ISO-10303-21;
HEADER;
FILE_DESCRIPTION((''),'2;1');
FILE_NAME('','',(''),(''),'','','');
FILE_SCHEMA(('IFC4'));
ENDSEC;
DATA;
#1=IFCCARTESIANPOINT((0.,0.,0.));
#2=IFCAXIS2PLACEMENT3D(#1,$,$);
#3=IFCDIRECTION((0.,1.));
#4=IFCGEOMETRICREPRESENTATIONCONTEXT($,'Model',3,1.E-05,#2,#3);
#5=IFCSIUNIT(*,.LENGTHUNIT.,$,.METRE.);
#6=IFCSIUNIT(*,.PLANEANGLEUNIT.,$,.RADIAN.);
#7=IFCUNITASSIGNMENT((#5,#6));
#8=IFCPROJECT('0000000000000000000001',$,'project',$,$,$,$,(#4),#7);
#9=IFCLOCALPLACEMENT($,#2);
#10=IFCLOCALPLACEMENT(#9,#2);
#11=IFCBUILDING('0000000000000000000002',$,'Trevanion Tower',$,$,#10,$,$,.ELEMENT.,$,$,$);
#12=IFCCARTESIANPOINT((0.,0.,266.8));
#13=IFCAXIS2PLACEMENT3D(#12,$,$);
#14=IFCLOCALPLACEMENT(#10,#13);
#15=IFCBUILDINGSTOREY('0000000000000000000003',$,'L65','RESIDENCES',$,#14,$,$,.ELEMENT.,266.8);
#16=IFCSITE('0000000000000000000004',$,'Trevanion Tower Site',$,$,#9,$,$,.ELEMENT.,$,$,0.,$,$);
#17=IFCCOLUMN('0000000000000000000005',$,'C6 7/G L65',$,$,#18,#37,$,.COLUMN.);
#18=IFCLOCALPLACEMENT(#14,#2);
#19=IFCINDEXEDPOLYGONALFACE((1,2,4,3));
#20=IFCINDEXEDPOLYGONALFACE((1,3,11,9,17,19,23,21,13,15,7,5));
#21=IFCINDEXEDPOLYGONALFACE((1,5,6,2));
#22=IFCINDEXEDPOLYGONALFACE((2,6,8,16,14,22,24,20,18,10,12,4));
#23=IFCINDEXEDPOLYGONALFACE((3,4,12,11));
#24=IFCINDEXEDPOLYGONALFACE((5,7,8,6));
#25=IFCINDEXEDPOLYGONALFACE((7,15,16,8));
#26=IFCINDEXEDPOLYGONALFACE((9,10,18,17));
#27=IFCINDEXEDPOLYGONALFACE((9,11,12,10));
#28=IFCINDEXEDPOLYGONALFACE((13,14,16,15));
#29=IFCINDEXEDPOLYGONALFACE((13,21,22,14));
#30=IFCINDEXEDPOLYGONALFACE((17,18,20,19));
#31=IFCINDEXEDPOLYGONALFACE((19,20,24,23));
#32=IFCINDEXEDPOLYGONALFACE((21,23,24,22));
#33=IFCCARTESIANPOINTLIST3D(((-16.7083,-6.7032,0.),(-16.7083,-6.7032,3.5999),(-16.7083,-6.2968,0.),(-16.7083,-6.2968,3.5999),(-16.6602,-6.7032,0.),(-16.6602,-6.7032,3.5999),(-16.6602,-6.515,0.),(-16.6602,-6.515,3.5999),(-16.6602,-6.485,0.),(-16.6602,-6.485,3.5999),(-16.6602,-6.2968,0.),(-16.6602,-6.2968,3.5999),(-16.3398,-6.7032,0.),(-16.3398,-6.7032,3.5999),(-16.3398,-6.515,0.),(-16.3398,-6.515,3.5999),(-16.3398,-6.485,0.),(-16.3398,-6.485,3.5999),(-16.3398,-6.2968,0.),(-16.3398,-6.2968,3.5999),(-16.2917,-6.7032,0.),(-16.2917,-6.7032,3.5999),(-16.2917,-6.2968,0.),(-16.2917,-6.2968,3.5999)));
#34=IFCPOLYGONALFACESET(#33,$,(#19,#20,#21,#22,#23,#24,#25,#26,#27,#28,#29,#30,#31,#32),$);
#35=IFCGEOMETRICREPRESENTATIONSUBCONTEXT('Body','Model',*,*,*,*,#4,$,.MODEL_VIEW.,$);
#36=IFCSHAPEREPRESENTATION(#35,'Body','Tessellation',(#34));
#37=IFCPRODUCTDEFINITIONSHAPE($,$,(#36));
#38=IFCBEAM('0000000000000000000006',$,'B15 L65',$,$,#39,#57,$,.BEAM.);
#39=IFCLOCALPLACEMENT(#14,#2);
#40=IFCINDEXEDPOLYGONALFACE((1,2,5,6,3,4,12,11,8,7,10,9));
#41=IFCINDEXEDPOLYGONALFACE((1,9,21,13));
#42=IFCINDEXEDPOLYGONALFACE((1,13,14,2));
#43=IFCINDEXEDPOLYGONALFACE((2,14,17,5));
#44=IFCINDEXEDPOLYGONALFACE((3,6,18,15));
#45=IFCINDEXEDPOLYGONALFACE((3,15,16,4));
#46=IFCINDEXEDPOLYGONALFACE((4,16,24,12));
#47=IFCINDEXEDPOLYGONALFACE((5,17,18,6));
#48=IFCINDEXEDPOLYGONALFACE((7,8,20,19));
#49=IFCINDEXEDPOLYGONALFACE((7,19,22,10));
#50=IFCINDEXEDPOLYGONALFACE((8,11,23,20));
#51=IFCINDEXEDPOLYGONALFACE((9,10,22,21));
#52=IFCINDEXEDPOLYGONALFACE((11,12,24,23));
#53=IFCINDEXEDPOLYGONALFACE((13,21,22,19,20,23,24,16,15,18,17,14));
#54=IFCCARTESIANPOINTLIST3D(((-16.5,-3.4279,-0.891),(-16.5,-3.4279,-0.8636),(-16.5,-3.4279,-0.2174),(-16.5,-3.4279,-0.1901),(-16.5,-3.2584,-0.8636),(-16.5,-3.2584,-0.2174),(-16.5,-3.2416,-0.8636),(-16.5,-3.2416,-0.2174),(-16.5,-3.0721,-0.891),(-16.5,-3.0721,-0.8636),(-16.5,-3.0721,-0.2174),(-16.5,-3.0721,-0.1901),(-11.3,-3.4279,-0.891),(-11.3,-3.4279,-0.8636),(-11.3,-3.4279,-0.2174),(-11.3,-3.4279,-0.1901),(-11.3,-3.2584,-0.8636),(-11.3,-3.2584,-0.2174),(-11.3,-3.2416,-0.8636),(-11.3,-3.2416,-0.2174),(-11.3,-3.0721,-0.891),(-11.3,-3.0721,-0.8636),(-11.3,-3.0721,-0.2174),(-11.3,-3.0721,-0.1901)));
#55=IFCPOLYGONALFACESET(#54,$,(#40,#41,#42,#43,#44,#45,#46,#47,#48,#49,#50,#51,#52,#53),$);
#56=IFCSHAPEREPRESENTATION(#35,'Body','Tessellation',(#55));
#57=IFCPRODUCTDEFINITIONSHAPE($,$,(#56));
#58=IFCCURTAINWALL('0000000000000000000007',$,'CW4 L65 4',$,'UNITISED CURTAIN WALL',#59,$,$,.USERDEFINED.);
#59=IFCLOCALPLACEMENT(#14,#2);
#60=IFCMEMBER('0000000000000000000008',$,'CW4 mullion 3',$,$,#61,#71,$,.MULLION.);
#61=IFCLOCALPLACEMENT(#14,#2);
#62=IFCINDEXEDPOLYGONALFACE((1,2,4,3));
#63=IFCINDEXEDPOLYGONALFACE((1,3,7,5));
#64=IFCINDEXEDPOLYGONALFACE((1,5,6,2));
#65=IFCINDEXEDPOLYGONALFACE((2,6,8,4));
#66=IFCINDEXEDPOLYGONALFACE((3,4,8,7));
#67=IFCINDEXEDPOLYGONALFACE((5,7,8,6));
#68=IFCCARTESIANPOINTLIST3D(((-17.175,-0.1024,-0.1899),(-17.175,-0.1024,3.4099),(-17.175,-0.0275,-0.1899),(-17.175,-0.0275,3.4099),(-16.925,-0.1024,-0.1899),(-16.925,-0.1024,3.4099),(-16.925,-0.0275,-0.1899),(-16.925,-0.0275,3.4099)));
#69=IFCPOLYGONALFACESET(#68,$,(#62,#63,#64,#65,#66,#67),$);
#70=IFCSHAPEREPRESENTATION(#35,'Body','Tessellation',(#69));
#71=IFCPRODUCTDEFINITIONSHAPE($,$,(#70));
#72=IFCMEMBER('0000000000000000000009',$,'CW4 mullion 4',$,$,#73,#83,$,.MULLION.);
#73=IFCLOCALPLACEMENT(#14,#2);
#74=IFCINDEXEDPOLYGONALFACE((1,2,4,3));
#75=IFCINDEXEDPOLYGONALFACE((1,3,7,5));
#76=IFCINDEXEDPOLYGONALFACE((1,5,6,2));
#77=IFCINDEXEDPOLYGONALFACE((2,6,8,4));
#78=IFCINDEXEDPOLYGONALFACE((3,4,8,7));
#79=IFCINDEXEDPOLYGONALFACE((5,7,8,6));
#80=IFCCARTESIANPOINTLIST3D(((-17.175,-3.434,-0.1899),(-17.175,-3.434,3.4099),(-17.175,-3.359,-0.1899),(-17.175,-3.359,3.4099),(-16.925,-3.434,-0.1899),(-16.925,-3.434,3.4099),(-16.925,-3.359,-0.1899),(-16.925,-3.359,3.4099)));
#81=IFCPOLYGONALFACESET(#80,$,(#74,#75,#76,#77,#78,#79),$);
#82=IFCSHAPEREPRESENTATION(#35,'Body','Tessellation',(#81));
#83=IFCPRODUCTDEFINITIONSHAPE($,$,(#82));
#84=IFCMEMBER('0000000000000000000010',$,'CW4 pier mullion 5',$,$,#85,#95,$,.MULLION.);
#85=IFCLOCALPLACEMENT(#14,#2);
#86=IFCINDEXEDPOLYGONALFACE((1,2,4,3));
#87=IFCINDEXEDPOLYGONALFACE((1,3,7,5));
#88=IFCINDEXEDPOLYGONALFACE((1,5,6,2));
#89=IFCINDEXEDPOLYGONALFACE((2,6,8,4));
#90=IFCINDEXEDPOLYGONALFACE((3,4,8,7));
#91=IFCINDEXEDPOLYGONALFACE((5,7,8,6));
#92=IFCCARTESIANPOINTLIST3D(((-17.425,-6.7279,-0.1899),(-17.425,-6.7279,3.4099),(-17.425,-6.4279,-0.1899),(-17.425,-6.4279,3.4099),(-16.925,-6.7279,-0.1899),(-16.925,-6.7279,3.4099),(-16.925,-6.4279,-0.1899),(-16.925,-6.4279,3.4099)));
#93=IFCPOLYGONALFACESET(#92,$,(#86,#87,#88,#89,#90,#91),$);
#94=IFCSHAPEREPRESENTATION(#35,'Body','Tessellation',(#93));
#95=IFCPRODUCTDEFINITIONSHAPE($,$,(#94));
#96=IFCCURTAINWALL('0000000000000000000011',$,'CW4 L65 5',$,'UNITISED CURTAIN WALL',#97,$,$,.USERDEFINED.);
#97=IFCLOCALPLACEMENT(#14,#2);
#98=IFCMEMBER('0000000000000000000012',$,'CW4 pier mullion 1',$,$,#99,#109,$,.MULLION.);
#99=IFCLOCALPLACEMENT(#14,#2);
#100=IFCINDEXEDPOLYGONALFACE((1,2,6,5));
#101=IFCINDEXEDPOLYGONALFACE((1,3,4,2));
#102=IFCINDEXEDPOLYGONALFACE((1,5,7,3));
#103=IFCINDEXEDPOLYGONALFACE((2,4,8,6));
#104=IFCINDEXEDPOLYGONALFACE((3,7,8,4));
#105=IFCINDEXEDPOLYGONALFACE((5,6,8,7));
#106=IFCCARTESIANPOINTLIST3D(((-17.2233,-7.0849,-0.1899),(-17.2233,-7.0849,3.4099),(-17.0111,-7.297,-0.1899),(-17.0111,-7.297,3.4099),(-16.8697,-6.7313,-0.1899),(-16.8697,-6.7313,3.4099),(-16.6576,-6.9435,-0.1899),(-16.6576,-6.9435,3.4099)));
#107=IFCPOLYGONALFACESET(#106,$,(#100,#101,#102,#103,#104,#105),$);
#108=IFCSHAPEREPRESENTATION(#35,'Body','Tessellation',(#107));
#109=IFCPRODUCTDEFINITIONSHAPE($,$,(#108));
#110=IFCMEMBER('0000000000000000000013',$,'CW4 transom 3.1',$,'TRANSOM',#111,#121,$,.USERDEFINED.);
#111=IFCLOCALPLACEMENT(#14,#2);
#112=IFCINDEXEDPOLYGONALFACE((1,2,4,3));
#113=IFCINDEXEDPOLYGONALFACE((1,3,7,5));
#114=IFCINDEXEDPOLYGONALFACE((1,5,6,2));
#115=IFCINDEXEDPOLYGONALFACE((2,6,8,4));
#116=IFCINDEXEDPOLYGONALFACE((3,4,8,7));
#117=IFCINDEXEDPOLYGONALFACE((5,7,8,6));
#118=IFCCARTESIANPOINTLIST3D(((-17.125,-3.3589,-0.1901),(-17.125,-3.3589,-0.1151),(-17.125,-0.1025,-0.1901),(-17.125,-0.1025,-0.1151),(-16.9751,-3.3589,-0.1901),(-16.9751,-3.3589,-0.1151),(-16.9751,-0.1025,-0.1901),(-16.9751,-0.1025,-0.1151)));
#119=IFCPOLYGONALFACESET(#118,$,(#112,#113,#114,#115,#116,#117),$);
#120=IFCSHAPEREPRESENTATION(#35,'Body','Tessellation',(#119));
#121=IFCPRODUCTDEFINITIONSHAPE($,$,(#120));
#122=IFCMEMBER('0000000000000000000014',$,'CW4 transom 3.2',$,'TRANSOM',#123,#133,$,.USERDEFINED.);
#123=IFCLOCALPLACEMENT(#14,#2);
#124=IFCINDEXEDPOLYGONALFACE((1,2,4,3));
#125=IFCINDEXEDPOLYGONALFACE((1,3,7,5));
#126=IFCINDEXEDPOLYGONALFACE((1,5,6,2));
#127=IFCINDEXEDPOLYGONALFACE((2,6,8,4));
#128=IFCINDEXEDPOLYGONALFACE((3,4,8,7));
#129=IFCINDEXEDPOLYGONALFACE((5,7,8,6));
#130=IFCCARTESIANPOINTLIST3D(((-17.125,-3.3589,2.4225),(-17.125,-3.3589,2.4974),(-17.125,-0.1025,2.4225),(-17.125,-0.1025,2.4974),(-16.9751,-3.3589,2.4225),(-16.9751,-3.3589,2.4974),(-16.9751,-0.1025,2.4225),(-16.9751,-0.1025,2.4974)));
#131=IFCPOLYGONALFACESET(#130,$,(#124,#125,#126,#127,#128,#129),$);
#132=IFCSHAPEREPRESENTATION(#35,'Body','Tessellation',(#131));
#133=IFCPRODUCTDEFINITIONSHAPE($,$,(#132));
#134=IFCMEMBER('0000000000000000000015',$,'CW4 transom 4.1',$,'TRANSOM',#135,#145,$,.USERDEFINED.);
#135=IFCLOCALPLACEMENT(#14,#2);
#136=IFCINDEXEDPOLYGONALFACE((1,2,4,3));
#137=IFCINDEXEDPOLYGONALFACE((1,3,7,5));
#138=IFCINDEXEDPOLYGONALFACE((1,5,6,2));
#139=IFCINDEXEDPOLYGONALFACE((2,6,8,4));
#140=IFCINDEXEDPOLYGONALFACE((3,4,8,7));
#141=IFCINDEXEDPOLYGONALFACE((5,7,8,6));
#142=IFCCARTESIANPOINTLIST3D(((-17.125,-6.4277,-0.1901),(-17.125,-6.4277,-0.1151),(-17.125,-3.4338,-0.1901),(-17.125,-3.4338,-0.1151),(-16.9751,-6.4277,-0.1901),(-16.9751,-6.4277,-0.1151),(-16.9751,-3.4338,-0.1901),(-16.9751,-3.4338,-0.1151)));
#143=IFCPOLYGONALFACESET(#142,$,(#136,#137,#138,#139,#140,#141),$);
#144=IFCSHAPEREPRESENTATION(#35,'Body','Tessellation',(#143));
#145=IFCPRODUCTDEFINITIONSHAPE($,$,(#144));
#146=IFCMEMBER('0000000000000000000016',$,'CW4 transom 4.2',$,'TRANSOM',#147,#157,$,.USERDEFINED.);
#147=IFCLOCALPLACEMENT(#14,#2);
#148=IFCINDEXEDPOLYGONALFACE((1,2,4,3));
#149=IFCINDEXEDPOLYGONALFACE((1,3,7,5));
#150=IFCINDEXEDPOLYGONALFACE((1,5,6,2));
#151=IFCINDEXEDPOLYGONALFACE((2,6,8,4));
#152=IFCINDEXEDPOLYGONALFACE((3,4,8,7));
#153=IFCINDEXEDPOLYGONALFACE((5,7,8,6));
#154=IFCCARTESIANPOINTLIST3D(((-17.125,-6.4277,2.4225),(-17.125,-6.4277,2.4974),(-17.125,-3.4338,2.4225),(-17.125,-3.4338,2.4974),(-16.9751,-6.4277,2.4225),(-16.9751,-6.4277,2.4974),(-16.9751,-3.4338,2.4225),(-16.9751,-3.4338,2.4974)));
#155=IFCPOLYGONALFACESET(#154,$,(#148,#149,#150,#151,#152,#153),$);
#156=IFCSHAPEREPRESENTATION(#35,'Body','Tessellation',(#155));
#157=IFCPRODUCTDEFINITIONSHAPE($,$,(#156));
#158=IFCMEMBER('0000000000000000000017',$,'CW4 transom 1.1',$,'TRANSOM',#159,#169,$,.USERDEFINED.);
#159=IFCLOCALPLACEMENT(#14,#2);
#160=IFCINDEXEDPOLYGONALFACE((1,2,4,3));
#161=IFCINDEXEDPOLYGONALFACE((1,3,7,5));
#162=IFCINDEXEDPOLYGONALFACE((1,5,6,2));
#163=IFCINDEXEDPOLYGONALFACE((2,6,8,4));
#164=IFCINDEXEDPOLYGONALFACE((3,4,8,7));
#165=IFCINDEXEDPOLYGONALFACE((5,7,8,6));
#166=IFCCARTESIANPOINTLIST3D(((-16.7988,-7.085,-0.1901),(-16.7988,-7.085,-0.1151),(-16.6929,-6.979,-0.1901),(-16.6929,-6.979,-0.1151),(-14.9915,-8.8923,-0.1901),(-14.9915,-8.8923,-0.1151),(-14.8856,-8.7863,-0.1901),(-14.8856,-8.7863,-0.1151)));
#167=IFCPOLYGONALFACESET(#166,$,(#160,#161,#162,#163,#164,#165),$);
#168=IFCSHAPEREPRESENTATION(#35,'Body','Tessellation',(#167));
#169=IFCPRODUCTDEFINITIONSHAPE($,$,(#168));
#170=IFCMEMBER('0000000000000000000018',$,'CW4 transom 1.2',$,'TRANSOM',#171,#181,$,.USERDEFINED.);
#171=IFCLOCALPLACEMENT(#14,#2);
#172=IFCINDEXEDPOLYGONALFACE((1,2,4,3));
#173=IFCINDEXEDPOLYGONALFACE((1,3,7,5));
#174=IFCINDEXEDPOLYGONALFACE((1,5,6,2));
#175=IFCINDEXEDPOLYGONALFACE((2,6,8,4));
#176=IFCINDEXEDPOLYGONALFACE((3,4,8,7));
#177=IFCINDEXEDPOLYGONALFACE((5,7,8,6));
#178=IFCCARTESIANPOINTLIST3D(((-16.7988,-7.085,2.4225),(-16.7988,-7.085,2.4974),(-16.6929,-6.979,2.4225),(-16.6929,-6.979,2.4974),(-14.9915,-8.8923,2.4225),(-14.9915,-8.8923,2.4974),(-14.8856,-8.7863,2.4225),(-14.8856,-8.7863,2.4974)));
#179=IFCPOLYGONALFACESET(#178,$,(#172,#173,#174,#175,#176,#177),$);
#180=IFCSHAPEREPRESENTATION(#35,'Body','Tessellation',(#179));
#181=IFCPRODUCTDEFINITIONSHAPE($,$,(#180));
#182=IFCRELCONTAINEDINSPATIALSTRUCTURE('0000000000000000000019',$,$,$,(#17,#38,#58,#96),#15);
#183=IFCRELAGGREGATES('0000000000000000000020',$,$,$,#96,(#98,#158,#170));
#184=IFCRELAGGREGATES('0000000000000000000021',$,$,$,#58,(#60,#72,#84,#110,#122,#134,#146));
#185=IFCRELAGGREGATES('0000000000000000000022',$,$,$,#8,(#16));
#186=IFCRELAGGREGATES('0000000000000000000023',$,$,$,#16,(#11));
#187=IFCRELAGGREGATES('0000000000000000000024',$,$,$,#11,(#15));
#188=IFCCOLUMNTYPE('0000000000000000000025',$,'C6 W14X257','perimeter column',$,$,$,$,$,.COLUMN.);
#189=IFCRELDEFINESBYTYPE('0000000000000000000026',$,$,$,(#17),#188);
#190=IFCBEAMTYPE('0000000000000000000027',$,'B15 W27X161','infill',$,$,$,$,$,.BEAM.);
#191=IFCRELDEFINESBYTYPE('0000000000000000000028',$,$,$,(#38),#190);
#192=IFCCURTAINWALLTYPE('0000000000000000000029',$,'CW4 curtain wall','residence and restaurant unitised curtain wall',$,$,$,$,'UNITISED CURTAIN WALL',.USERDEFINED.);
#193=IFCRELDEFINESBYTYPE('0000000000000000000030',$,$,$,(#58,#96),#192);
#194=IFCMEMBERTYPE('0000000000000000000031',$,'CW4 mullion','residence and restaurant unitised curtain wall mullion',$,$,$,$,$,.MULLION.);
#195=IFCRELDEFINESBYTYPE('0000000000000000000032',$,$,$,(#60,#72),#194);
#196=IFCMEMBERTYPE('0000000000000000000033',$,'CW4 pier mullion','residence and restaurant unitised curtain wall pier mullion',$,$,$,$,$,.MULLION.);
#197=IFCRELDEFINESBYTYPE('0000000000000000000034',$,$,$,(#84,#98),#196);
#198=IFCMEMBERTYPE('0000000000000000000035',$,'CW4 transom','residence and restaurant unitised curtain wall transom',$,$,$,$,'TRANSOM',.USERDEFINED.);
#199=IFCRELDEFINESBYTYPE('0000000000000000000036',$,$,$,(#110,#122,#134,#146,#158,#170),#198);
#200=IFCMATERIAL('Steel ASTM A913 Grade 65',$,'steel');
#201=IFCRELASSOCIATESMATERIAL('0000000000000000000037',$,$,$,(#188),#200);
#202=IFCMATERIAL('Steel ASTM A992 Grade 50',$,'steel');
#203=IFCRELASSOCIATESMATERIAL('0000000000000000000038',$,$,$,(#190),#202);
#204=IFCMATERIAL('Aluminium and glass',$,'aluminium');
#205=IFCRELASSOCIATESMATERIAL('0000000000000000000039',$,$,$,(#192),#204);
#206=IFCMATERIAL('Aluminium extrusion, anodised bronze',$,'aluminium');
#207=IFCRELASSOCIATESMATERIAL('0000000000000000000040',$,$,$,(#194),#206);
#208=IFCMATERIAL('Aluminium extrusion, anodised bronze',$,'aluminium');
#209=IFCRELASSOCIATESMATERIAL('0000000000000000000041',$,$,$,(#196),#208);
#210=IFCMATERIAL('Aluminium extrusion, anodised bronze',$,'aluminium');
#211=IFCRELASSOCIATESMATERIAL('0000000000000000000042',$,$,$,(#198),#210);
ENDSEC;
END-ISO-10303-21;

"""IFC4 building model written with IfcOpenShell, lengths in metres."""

from ifc_helpers import new_model, si_unit, direction, frame, origin, origin_2d, place, context, subcontext, project, spatial, rectangle, i_section, extrude, material, material_profile, profile_set, type_object, element, aggregate, save


model = new_model("IFC4")

# Units and contexts
model_context = context("Model", 3, precision=1e-05, world=origin(), true_north=direction((0.0, 1.0)))
body_context = subcontext(model_context, "Body", "Model", "MODEL_VIEW")
ifc_project = project(units=[si_unit("LENGTHUNIT", "METRE"), si_unit("PLANEANGLEUNIT", "RADIAN")], contexts=[model_context])

# Site, building, storey
site_placement = place(None, origin())
site = spatial("IfcSite", under=ifc_project, at=site_placement, Name="Trevanion Tower Site", CompositionType="ELEMENT", RefElevation=0.0)
building_placement = place(site_placement, origin())
building = spatial("IfcBuilding", under=site, at=building_placement, Name="Trevanion Tower", CompositionType="ELEMENT")
storey_placement = place(building_placement, frame((0.0, 0.0, 266.8)))
storey = spatial("IfcBuildingStorey", under=building, at=storey_placement, Name="L65", Description="RESIDENCES", CompositionType="ELEMENT", Elevation=266.8)

# Column
ifc_material_1 = material(Name="Steel ASTM A913 Grade 65", Category="steel")
ifc_material_profile_1 = material_profile(ifc_material_1, i_section(OverallWidth=0.4065, OverallDepth=0.4165, WebThickness=0.03, FlangeThickness=0.0481, at=origin_2d()), Name="W14X257")
ifc_profile_set_1 = profile_set([ifc_material_profile_1], Name="Steel ASTM A913 Grade 65")
column_type = type_object("IfcColumnType", Name="C6 W14X257", Description="perimeter column", PredefinedType="COLUMN", material=ifc_profile_set_1)
column_placement = place(storey_placement, frame((-16.5, -6.5, 0.0), z_axis=(0.0, 0.0, 1.0), x_axis=(0.0, 1.0, 0.0)))
element("IfcColumn", 1, at=column_placement, inside=storey, type_object=column_type, Name="C6 7/G L65", PredefinedType="COLUMN", context=body_context, shape_type="SweptSolid", body=[
    extrude(i_section(OverallWidth=0.4065, OverallDepth=0.4165, WebThickness=0.03, FlangeThickness=0.0481, at=origin_2d()), origin(), (0.0, 0.0, 1.0), 3.5999),
])

# Beam
ifc_material_2 = material(Name="Steel ASTM A992 Grade 50", Category="steel")
ifc_material_profile_2 = material_profile(ifc_material_2, i_section(OverallWidth=0.3557, OverallDepth=0.7009, WebThickness=0.0168, FlangeThickness=0.0273, at=origin_2d()), Name="W27X161")
ifc_profile_set_2 = profile_set([ifc_material_profile_2], Name="Steel ASTM A992 Grade 50")
beam_type_1 = type_object("IfcBeamType", Name="B15 W27X161", Description="infill", PredefinedType="BEAM", material=ifc_profile_set_2)
beam_1_placement = place(storey_placement, frame((-11.3, -3.25, -0.5405), z_axis=(-1.0, 0.0, 0.0), x_axis=(0.0, -1.0, 0.0)))
element("IfcBeam", 2, at=beam_1_placement, inside=storey, type_object=beam_type_1, Name="B15 L65", PredefinedType="BEAM", context=body_context, shape_type="SweptSolid", body=[
    extrude(i_section(OverallWidth=0.3557, OverallDepth=0.7009, WebThickness=0.0168, FlangeThickness=0.0273, at=origin_2d()), origin(), (0.0, 0.0, 1.0), 5.2),
])

# Curtain wall, members
ifc_material_3 = material(Name="Aluminium and glass", Category="aluminium")
curtain_wall_type = type_object("IfcCurtainWallType", Name="CW4 curtain wall", Description="residence and restaurant unitised curtain wall", ElementType="UNITISED CURTAIN WALL", PredefinedType="USERDEFINED", material=ifc_material_3)
curtain_wall_1_placement = place(storey_placement, origin())
curtain_wall_1 = element("IfcCurtainWall", 3, at=curtain_wall_1_placement, inside=storey, type_object=curtain_wall_type, Name="CW4 L65 4", ObjectType="UNITISED CURTAIN WALL", PredefinedType="USERDEFINED")
ifc_material_4 = material(Name="Aluminium extrusion, anodised bronze", Category="aluminium")
ifc_material_profile_3 = material_profile(ifc_material_4, rectangle(XDim=0.075, YDim=0.25, at=origin_2d()), Name="CW4 mullion")
ifc_profile_set_3 = profile_set([ifc_material_profile_3], Name="Aluminium extrusion, anodised bronze")
member_type_1 = type_object("IfcMemberType", Name="CW4 mullion", Description="residence and restaurant unitised curtain wall mullion", PredefinedType="MULLION", material=ifc_profile_set_3)
member_1_placement = place(storey_placement, frame((-17.05, -0.0649, -0.1899), z_axis=(0.0, 0.0, 1.0), x_axis=(0.0, -1.0, 0.0)))
member_1 = element("IfcMember", 4, at=member_1_placement, type_object=member_type_1, Name="CW4 mullion 3", PredefinedType="MULLION", context=body_context, shape_type="SweptSolid", body=[
    extrude(rectangle(XDim=0.075, YDim=0.25, at=origin_2d()), origin(), (0.0, 0.0, 1.0), 3.5999),
])
member_2_placement = place(storey_placement, frame((-17.05, -3.3965, -0.1899), z_axis=(0.0, 0.0, 1.0), x_axis=(0.0, -1.0, 0.0)))
member_2 = element("IfcMember", 5, at=member_2_placement, type_object=member_type_1, Name="CW4 mullion 4", PredefinedType="MULLION", context=body_context, shape_type="SweptSolid", body=[
    extrude(rectangle(XDim=0.075, YDim=0.25, at=origin_2d()), origin(), (0.0, 0.0, 1.0), 3.5999),
])
ifc_material_5 = material(Name="Aluminium extrusion, anodised bronze", Category="aluminium")
ifc_material_profile_4 = material_profile(ifc_material_5, rectangle(XDim=0.3, YDim=0.5, at=origin_2d()), Name="CW4 pier mullion")
ifc_profile_set_4 = profile_set([ifc_material_profile_4], Name="Aluminium extrusion, anodised bronze")
member_type_2 = type_object("IfcMemberType", Name="CW4 pier mullion", Description="residence and restaurant unitised curtain wall pier mullion", PredefinedType="MULLION", material=ifc_profile_set_4)
member_3_placement = place(storey_placement, frame((-17.175, -6.5779, -0.1899), z_axis=(0.0, 0.0, 1.0), x_axis=(0.0, -1.0, 0.0)))
member_3 = element("IfcMember", 6, at=member_3_placement, type_object=member_type_2, Name="CW4 pier mullion 5", PredefinedType="MULLION", context=body_context, shape_type="SweptSolid", body=[
    extrude(rectangle(XDim=0.3, YDim=0.5, at=origin_2d()), origin(), (0.0, 0.0, 1.0), 3.5999),
])

# Curtain wall, member
curtain_wall_2_placement = place(storey_placement, origin())
curtain_wall_2 = element("IfcCurtainWall", 7, at=curtain_wall_2_placement, inside=storey, type_object=curtain_wall_type, Name="CW4 L65 5", ObjectType="UNITISED CURTAIN WALL", PredefinedType="USERDEFINED")
member_4_placement = place(storey_placement, frame((-16.9404, -7.0142, -0.1899), z_axis=(0.0, 0.0, 1.0), x_axis=(0.707107, -0.707107, 0.0)))
member_4 = element("IfcMember", 8, at=member_4_placement, type_object=member_type_2, Name="CW4 pier mullion 1", PredefinedType="MULLION", context=body_context, shape_type="SweptSolid", body=[
    extrude(rectangle(XDim=0.3, YDim=0.5, at=origin_2d()), origin(), (0.0, 0.0, 1.0), 3.5999),
])

# Members
ifc_material_6 = material(Name="Aluminium extrusion, anodised bronze", Category="aluminium")
ifc_material_profile_5 = material_profile(ifc_material_6, rectangle(XDim=0.1499, YDim=0.075, at=origin_2d()), Name="CW4 transom")
ifc_profile_set_5 = profile_set([ifc_material_profile_5], Name="Aluminium extrusion, anodised bronze")
member_type_3 = type_object("IfcMemberType", Name="CW4 transom", Description="residence and restaurant unitised curtain wall transom", ElementType="TRANSOM", PredefinedType="USERDEFINED", material=ifc_profile_set_5)
member_5_placement = place(storey_placement, frame((-17.05, -0.1025, -0.1526), z_axis=(0.0, -1.0, 0.0), x_axis=(1.0, 0.0, 0.0)))
member_5 = element("IfcMember", 9, at=member_5_placement, type_object=member_type_3, Name="CW4 transom 3.1", ObjectType="TRANSOM", PredefinedType="USERDEFINED", context=body_context, shape_type="SweptSolid", body=[
    extrude(rectangle(XDim=0.1499, YDim=0.075, at=origin_2d()), origin(), (0.0, 0.0, 1.0), 3.2563),
])
member_6_placement = place(storey_placement, frame((-17.05, -0.1025, 2.46), z_axis=(0.0, -1.0, 0.0), x_axis=(1.0, 0.0, 0.0)))
member_6 = element("IfcMember", 10, at=member_6_placement, type_object=member_type_3, Name="CW4 transom 3.2", ObjectType="TRANSOM", PredefinedType="USERDEFINED", context=body_context, shape_type="SweptSolid", body=[
    extrude(rectangle(XDim=0.1499, YDim=0.075, at=origin_2d()), origin(), (0.0, 0.0, 1.0), 3.2563),
])
member_7_placement = place(storey_placement, frame((-17.05, -3.4338, -0.1526), z_axis=(0.0, -1.0, 0.0), x_axis=(1.0, 0.0, 0.0)))
member_7 = element("IfcMember", 11, at=member_7_placement, type_object=member_type_3, Name="CW4 transom 4.1", ObjectType="TRANSOM", PredefinedType="USERDEFINED", context=body_context, shape_type="SweptSolid", body=[
    extrude(rectangle(XDim=0.1499, YDim=0.075, at=origin_2d()), origin(), (0.0, 0.0, 1.0), 2.9939),
])
member_8_placement = place(storey_placement, frame((-17.05, -3.4338, 2.46), z_axis=(0.0, -1.0, 0.0), x_axis=(1.0, 0.0, 0.0)))
member_8 = element("IfcMember", 12, at=member_8_placement, type_object=member_type_3, Name="CW4 transom 4.2", ObjectType="TRANSOM", PredefinedType="USERDEFINED", context=body_context, shape_type="SweptSolid", body=[
    extrude(rectangle(XDim=0.1499, YDim=0.075, at=origin_2d()), origin(), (0.0, 0.0, 1.0), 2.9939),
])
member_9_placement = place(storey_placement, frame((-16.7458, -7.032, -0.1526), z_axis=(0.707107, -0.707107, 0.0), x_axis=(0.707107, 0.707107, 0.0)))
member_9 = element("IfcMember", 13, at=member_9_placement, type_object=member_type_3, Name="CW4 transom 1.1", ObjectType="TRANSOM", PredefinedType="USERDEFINED", context=body_context, shape_type="SweptSolid", body=[
    extrude(rectangle(XDim=0.1499, YDim=0.075, at=origin_2d()), origin(), (0.0, 0.0, 1.0), 2.5559),
])
member_10_placement = place(storey_placement, frame((-16.7458, -7.032, 2.46), z_axis=(0.707107, -0.707107, 0.0), x_axis=(0.707107, 0.707107, 0.0)))
member_10 = element("IfcMember", 14, at=member_10_placement, type_object=member_type_3, Name="CW4 transom 1.2", ObjectType="TRANSOM", PredefinedType="USERDEFINED", context=body_context, shape_type="SweptSolid", body=[
    extrude(rectangle(XDim=0.1499, YDim=0.075, at=origin_2d()), origin(), (0.0, 0.0, 1.0), 2.5559),
])

aggregate(curtain_wall_2, [member_4, member_9, member_10])
aggregate(curtain_wall_1, [member_1, member_2, member_3, member_5, member_6, member_7, member_8])

save(model, "model.ifc")
